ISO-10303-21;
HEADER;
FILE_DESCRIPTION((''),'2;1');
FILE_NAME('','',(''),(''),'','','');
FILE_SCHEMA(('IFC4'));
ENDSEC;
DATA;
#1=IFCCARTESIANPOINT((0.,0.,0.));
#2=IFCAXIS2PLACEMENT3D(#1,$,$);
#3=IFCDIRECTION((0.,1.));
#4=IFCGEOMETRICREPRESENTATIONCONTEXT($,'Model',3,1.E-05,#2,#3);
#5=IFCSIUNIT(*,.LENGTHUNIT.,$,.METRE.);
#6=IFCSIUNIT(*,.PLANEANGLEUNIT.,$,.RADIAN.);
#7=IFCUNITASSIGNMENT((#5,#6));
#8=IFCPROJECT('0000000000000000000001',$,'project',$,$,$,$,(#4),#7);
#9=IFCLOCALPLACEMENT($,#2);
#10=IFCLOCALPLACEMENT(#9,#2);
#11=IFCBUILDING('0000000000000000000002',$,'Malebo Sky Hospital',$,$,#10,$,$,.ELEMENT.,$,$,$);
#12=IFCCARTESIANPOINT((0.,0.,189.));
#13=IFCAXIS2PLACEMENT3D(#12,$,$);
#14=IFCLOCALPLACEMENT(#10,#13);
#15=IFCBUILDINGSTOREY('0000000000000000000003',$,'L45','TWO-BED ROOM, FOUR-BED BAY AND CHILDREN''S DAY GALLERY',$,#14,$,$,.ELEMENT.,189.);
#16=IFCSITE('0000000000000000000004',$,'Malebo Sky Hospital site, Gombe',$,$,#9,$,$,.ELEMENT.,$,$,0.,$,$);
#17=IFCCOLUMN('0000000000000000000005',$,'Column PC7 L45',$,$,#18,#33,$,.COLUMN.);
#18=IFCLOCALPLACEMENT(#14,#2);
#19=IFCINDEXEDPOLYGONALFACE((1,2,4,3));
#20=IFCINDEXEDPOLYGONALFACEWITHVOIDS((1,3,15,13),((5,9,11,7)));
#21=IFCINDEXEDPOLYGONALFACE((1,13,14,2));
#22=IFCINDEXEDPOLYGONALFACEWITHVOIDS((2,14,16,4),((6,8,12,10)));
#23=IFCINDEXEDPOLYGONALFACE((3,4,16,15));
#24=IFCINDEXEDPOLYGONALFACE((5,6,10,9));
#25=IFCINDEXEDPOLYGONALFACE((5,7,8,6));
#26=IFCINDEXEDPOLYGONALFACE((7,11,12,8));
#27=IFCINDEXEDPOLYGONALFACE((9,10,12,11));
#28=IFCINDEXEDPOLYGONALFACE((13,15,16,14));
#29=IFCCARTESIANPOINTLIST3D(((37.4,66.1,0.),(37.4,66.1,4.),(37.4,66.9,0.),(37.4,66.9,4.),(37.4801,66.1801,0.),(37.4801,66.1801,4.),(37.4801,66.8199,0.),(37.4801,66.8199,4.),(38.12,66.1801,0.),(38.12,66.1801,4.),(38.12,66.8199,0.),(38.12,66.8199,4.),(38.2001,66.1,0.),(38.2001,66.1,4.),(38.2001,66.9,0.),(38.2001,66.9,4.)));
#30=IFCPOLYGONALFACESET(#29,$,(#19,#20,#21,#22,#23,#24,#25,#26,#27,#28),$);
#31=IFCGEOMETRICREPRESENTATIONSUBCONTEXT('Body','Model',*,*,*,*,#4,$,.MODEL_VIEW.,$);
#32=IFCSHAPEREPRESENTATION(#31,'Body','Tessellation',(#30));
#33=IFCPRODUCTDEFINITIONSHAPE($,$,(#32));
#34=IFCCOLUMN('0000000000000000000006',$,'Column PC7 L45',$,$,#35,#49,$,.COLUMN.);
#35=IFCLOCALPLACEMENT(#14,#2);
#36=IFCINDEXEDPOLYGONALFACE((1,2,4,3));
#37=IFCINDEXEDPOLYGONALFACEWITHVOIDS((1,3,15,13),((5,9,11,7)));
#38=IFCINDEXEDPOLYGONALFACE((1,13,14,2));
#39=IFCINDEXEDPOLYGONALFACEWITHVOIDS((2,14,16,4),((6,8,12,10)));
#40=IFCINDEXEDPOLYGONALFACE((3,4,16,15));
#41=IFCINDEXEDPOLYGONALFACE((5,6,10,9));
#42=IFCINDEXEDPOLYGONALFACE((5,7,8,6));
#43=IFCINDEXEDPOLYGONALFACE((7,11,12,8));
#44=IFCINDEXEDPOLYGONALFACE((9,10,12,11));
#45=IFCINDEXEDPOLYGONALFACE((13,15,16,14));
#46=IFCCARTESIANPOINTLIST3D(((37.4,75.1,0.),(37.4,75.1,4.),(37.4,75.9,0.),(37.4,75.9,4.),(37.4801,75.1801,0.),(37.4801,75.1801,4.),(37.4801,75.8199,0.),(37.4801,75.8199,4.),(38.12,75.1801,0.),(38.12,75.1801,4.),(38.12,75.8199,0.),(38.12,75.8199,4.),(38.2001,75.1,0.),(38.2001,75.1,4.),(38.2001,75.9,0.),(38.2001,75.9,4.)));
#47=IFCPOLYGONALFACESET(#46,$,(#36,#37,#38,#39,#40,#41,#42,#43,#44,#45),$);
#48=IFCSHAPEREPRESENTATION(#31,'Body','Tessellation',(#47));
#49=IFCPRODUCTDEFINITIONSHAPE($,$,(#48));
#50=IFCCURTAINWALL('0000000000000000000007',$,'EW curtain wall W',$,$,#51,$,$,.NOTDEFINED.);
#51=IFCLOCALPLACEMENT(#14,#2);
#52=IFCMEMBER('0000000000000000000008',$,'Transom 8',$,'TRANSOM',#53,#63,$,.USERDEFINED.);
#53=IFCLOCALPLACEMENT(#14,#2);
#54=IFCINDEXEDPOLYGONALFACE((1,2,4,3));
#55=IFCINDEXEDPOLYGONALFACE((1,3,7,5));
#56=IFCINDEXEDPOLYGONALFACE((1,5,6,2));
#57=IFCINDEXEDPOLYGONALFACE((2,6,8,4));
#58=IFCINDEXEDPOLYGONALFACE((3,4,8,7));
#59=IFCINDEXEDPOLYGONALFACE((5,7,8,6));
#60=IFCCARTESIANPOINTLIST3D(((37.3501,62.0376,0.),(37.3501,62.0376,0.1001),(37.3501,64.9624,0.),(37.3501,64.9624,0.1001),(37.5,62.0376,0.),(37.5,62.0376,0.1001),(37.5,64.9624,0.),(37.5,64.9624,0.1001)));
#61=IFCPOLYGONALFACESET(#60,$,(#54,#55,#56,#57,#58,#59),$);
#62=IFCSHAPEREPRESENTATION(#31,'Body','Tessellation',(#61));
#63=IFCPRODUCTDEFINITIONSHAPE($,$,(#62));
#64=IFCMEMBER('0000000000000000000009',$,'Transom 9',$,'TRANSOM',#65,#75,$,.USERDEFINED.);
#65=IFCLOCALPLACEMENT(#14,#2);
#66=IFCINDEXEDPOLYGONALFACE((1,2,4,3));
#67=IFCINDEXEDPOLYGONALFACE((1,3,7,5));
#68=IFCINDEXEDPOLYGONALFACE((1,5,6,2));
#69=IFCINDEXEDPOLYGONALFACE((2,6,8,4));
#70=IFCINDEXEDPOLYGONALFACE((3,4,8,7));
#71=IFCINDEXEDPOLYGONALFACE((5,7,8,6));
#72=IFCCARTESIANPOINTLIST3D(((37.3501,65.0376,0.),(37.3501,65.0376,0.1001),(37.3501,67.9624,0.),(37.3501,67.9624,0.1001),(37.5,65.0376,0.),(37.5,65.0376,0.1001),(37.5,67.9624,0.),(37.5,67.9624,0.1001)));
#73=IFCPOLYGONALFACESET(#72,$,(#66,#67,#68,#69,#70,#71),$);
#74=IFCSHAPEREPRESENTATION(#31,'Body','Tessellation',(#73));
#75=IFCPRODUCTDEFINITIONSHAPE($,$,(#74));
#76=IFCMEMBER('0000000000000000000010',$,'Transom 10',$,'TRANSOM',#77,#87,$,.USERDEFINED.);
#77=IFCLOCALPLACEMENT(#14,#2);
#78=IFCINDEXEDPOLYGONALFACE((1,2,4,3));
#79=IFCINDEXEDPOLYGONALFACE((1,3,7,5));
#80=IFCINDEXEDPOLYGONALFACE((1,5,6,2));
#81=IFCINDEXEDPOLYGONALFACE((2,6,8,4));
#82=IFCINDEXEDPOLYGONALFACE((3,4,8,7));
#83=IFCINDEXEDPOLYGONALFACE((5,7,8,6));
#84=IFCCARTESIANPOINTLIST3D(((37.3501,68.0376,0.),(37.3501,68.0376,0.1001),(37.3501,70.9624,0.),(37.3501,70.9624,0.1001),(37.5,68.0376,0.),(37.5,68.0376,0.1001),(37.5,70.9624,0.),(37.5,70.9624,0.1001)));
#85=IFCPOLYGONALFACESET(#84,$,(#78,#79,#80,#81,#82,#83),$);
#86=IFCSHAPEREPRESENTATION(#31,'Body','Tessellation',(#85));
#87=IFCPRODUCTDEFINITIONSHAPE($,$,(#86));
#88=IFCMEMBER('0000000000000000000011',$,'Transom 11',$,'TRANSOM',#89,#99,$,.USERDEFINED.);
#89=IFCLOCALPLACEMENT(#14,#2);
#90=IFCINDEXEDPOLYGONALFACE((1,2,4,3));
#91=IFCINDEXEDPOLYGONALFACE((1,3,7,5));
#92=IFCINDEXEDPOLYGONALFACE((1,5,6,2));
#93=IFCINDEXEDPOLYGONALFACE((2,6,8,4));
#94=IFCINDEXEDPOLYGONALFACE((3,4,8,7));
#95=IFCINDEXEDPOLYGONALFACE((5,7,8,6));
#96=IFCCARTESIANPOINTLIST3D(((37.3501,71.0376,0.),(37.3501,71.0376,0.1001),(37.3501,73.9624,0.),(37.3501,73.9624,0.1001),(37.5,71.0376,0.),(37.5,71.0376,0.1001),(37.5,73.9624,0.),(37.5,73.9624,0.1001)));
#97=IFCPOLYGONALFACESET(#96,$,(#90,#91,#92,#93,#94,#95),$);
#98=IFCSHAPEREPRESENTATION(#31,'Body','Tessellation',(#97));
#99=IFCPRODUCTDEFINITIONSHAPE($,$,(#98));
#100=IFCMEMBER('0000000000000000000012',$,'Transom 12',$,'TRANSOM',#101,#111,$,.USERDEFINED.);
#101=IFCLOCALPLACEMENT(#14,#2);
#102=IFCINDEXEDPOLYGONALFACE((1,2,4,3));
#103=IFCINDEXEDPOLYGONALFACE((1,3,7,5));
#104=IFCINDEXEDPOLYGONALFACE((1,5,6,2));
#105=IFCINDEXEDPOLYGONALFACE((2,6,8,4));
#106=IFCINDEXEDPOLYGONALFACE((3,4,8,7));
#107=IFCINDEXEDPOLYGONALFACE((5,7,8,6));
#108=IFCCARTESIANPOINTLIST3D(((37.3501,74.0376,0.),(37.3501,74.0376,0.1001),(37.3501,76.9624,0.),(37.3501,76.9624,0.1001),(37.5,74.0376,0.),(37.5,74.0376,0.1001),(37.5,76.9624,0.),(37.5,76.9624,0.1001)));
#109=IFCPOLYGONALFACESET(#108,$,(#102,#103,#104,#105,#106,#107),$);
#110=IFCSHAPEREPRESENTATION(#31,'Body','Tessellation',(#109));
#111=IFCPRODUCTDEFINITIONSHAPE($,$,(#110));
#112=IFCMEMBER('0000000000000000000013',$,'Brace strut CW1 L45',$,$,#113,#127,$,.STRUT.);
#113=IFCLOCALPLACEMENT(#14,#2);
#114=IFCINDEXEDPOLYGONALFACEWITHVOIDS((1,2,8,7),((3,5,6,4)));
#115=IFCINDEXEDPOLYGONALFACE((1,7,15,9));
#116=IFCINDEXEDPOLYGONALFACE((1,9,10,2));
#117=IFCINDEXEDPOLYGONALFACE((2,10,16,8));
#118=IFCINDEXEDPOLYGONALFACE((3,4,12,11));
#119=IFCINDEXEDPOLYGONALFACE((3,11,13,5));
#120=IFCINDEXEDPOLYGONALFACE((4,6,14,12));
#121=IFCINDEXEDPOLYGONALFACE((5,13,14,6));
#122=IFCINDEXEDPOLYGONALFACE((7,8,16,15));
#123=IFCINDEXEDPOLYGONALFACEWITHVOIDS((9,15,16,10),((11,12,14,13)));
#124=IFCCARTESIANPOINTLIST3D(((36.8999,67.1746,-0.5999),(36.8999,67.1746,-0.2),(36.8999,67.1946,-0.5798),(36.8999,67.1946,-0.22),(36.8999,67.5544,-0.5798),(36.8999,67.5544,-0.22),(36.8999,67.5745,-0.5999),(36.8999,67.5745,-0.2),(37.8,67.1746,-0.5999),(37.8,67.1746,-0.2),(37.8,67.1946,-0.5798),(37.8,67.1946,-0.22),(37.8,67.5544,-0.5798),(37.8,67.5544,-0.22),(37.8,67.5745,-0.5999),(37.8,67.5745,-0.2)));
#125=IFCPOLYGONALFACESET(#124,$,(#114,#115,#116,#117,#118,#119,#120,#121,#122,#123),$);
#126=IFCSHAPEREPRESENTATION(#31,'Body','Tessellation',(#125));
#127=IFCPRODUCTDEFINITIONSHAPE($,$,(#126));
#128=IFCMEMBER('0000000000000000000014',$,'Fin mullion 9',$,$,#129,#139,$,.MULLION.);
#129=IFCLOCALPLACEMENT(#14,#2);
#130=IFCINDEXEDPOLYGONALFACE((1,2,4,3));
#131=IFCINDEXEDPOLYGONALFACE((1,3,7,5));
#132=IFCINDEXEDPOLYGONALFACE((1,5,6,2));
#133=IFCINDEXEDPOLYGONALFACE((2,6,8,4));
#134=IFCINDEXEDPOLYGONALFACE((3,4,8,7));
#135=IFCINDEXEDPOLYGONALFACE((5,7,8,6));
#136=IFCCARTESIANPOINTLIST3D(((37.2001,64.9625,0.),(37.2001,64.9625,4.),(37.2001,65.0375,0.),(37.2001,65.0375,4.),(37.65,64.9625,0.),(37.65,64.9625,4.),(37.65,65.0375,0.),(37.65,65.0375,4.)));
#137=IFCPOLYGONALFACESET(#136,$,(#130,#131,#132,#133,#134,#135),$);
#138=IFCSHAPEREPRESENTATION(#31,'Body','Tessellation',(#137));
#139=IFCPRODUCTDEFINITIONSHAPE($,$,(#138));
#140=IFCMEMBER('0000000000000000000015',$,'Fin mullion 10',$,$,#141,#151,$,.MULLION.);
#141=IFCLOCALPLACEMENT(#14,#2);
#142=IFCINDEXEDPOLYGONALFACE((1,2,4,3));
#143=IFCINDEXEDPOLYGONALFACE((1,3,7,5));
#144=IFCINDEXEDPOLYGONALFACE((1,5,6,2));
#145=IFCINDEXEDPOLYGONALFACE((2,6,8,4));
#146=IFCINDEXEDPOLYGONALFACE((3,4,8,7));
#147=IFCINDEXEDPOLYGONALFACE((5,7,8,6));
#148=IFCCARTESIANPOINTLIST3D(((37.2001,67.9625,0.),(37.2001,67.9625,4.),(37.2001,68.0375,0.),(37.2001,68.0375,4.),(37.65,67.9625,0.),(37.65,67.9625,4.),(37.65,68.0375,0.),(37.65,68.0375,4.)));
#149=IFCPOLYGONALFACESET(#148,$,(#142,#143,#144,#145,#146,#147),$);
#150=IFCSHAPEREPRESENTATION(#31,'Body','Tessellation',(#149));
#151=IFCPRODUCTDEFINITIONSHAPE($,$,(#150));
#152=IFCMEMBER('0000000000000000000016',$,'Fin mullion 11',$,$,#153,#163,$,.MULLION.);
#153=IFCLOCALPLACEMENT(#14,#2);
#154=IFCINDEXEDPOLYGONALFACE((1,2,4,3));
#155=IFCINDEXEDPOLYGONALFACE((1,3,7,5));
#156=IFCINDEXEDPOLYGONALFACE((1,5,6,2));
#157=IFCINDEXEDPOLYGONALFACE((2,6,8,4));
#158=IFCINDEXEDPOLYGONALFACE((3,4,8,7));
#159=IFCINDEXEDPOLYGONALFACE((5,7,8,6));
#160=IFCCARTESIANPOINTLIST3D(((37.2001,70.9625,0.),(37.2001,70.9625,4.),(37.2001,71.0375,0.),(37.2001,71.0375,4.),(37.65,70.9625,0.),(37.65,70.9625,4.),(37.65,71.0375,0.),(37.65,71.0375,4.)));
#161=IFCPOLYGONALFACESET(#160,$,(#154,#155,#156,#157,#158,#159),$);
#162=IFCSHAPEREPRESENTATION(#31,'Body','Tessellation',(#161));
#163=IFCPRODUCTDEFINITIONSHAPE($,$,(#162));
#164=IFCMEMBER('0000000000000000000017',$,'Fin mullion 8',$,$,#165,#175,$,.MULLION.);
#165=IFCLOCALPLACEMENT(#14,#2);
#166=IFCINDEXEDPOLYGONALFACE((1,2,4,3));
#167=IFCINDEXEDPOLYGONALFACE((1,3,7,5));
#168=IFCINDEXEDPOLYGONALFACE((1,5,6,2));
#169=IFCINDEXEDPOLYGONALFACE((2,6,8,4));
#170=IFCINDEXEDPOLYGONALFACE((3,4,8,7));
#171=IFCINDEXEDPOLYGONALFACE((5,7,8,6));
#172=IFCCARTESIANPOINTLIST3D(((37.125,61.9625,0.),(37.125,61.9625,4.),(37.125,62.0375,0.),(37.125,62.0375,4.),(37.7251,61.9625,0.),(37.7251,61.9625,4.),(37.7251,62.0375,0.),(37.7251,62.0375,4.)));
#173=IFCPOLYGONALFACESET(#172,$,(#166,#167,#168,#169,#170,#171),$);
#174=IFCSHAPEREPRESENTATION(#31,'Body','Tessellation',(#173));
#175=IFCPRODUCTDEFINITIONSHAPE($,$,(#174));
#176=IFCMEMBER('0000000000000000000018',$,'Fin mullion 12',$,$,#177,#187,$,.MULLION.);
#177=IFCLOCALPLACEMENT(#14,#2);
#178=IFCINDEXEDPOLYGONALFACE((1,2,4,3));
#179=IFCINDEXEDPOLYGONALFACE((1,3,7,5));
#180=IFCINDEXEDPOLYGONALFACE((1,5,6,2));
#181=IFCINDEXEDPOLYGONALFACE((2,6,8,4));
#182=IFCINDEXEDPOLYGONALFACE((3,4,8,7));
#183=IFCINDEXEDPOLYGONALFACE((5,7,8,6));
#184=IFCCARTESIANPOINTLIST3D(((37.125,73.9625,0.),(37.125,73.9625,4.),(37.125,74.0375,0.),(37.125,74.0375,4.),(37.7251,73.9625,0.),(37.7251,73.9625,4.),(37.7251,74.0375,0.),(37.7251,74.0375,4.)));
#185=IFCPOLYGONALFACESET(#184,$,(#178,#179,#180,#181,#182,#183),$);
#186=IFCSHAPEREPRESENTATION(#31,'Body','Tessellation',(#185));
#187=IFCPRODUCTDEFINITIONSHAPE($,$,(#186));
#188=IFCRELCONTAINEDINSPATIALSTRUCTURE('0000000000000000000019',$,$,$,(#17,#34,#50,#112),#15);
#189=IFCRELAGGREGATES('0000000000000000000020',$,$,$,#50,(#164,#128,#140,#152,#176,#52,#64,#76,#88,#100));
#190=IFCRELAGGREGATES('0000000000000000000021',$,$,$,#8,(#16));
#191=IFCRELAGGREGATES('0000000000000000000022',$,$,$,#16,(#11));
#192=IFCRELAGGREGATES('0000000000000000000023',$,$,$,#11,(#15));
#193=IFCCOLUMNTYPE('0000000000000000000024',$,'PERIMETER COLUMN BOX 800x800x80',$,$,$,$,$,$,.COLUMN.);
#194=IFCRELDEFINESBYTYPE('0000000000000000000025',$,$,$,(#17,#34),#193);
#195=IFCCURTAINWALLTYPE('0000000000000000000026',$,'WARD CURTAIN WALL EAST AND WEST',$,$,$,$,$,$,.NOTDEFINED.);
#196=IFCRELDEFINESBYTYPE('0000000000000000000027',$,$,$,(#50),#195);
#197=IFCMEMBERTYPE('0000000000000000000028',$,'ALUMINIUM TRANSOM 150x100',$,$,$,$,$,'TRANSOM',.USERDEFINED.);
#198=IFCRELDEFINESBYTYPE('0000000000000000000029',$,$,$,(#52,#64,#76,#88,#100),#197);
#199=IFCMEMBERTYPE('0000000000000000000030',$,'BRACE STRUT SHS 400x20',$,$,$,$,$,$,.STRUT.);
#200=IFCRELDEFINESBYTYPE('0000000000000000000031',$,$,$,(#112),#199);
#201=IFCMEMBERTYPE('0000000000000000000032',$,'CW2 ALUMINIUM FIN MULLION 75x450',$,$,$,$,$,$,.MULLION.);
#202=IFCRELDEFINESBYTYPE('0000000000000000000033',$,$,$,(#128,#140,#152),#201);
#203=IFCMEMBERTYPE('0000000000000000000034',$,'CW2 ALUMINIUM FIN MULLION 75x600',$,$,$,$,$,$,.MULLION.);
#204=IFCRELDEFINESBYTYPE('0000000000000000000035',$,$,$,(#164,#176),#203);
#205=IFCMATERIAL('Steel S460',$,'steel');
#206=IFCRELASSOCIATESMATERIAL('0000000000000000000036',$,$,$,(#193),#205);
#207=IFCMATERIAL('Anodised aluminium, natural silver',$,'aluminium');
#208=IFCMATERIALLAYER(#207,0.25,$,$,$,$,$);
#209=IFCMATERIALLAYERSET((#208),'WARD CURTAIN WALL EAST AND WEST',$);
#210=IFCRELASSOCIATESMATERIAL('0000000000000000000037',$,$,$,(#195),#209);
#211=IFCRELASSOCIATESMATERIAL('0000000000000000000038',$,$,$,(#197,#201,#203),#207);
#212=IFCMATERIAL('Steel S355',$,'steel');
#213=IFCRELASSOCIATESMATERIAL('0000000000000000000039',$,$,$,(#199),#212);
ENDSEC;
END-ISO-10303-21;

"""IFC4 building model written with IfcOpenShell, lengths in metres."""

from ifc_helpers import new_model, si_unit, direction, frame, origin, origin_2d, place, context, subcontext, project, spatial, rectangle, hollow_rectangle, extrude, material, layer, layer_set, material_profile, profile_set, type_object, element, aggregate, save


model = new_model("IFC4")

# Units and contexts
model_context = context("Model", 3, precision=1e-05, world=origin(), true_north=direction((0.0, 1.0)))
body_context = subcontext(model_context, "Body", "Model", "MODEL_VIEW")
ifc_project = project(units=[si_unit("LENGTHUNIT", "METRE"), si_unit("PLANEANGLEUNIT", "RADIAN")], contexts=[model_context])

# Site, building, storey
site_placement = place(None, origin())
site = spatial("IfcSite", under=ifc_project, at=site_placement, Name="Malebo Sky Hospital site, Gombe", CompositionType="ELEMENT", RefElevation=0.0)
building_placement = place(site_placement, origin())
building = spatial("IfcBuilding", under=site, at=building_placement, Name="Malebo Sky Hospital", CompositionType="ELEMENT")
storey_placement = place(building_placement, frame((0.0, 0.0, 189.0)))
storey = spatial("IfcBuildingStorey", under=building, at=storey_placement, Name="L45", Description="TWO-BED ROOM, FOUR-BED BAY AND CHILDREN'S DAY GALLERY", CompositionType="ELEMENT", Elevation=189.0)

# Columns
ifc_material_1 = material(Name="Steel S460", Category="steel")
ifc_material_profile_1 = material_profile(ifc_material_1, hollow_rectangle(XDim=0.8, YDim=0.8, WallThickness=0.0801, at=origin_2d()), Name="BOX 800x800x80")
ifc_profile_set_1 = profile_set([ifc_material_profile_1], Name="Steel S460")
column_type = type_object("IfcColumnType", Name="PERIMETER COLUMN BOX 800x800x80", PredefinedType="COLUMN", material=ifc_profile_set_1)
for number, where, z_axis, x_axis, name in (
    (1, (37.8, 66.5, 0.0), (0.0, 0.0, 1.0), (1.0, 0.0, 0.0), "Column PC7 L45"),
    (2, (37.8, 75.5, 0.0), (0.0, 0.0, 1.0), (1.0, 0.0, 0.0), "Column PC7 L45"),
):
    element("IfcColumn", number, at=place(storey_placement, frame(where, z_axis=z_axis, x_axis=x_axis)), inside=storey, type_object=column_type, Name=name, PredefinedType="COLUMN", context=body_context, shape_type="SweptSolid", body=[
        extrude(hollow_rectangle(XDim=0.8, YDim=0.8, WallThickness=0.0801, at=origin_2d()), origin(), (0.0, 0.0, 1.0), 4.0),
    ])

# Curtain wall, members
ifc_material_2 = material(Name="Anodised aluminium, natural silver", Category="aluminium")
ifc_layer_1 = layer(ifc_material_2, 0.25)
ifc_layer_set_1 = layer_set([ifc_layer_1], Name="WARD CURTAIN WALL EAST AND WEST")
curtain_wall_type = type_object("IfcCurtainWallType", Name="WARD CURTAIN WALL EAST AND WEST", PredefinedType="NOTDEFINED", material=ifc_layer_set_1)
curtain_wall_placement = place(storey_placement, origin())
curtain_wall = element("IfcCurtainWall", 3, at=curtain_wall_placement, inside=storey, type_object=curtain_wall_type, Name="EW curtain wall W", PredefinedType="NOTDEFINED")
ifc_material_profile_2 = material_profile(ifc_material_2, rectangle(XDim=0.1499, YDim=0.1001, at=origin_2d()), Name="ALUMINIUM TRANSOM 150x100")
ifc_profile_set_2 = profile_set([ifc_material_profile_2], Name="Anodised aluminium, natural silver")
member_type_1 = type_object("IfcMemberType", Name="ALUMINIUM TRANSOM 150x100", ElementType="TRANSOM", PredefinedType="USERDEFINED", material=ifc_profile_set_2)
member_1_placement = place(storey_placement, frame((37.425, 62.0376, 0.05), z_axis=(0.0, 1.0, 0.0), x_axis=(-1.0, 0.0, 0.0)))
member_1 = element("IfcMember", 4, at=member_1_placement, type_object=member_type_1, Name="Transom 8", ObjectType="TRANSOM", PredefinedType="USERDEFINED", context=body_context, shape_type="SweptSolid", body=[
    extrude(rectangle(XDim=0.1499, YDim=0.1001, at=origin_2d()), origin(), (0.0, 0.0, 1.0), 2.9248),
])
member_2_placement = place(storey_placement, frame((37.425, 65.0376, 0.05), z_axis=(0.0, 1.0, 0.0), x_axis=(-1.0, 0.0, 0.0)))
member_2 = element("IfcMember", 5, at=member_2_placement, type_object=member_type_1, Name="Transom 9", ObjectType="TRANSOM", PredefinedType="USERDEFINED", context=body_context, shape_type="SweptSolid", body=[
    extrude(rectangle(XDim=0.1499, YDim=0.1001, at=origin_2d()), origin(), (0.0, 0.0, 1.0), 2.9248),
])
member_3_placement = place(storey_placement, frame((37.425, 68.0376, 0.05), z_axis=(0.0, 1.0, 0.0), x_axis=(-1.0, 0.0, 0.0)))
member_3 = element("IfcMember", 6, at=member_3_placement, type_object=member_type_1, Name="Transom 10", ObjectType="TRANSOM", PredefinedType="USERDEFINED", context=body_context, shape_type="SweptSolid", body=[
    extrude(rectangle(XDim=0.1499, YDim=0.1001, at=origin_2d()), origin(), (0.0, 0.0, 1.0), 2.9248),
])
member_4_placement = place(storey_placement, frame((37.425, 71.0376, 0.05), z_axis=(0.0, 1.0, 0.0), x_axis=(-1.0, 0.0, 0.0)))
member_4 = element("IfcMember", 7, at=member_4_placement, type_object=member_type_1, Name="Transom 11", ObjectType="TRANSOM", PredefinedType="USERDEFINED", context=body_context, shape_type="SweptSolid", body=[
    extrude(rectangle(XDim=0.1499, YDim=0.1001, at=origin_2d()), origin(), (0.0, 0.0, 1.0), 2.9248),
])
member_5_placement = place(storey_placement, frame((37.425, 74.0376, 0.05), z_axis=(0.0, 1.0, 0.0), x_axis=(-1.0, 0.0, 0.0)))
member_5 = element("IfcMember", 8, at=member_5_placement, type_object=member_type_1, Name="Transom 12", ObjectType="TRANSOM", PredefinedType="USERDEFINED", context=body_context, shape_type="SweptSolid", body=[
    extrude(rectangle(XDim=0.1499, YDim=0.1001, at=origin_2d()), origin(), (0.0, 0.0, 1.0), 2.9248),
])

# Members
ifc_material_3 = material(Name="Steel S355", Category="steel")
ifc_material_profile_3 = material_profile(ifc_material_3, hollow_rectangle(XDim=0.3999, YDim=0.3999, WallThickness=0.02, at=origin_2d()), Name="SHS 400x20")
ifc_profile_set_3 = profile_set([ifc_material_profile_3], Name="Steel S355")
member_type_2 = type_object("IfcMemberType", Name="BRACE STRUT SHS 400x20", PredefinedType="STRUT", material=ifc_profile_set_3)
member_6_placement = place(storey_placement, frame((36.8999, 67.3745, -0.3999), z_axis=(1.0, 0.0, 0.0), x_axis=(0.0, 1.0, 0.0)))
element("IfcMember", 9, at=member_6_placement, inside=storey, type_object=member_type_2, Name="Brace strut CW1 L45", PredefinedType="STRUT", context=body_context, shape_type="SweptSolid", body=[
    extrude(hollow_rectangle(XDim=0.3999, YDim=0.3999, WallThickness=0.02, at=origin_2d()), origin(), (0.0, 0.0, 1.0), 0.9001),
])
ifc_material_profile_4 = material_profile(ifc_material_2, rectangle(XDim=0.075, YDim=0.45, at=origin_2d()), Name="CW2 ALUMINIUM FIN MULLION 75x450")
ifc_profile_set_4 = profile_set([ifc_material_profile_4], Name="Anodised aluminium, natural silver")
member_type_3 = type_object("IfcMemberType", Name="CW2 ALUMINIUM FIN MULLION 75x450", PredefinedType="MULLION", material=ifc_profile_set_4)
member_7_placement = place(storey_placement, frame((37.425, 65.0, 0.0), z_axis=(0.0, 0.0, 1.0), x_axis=(0.0, 1.0, 0.0)))
member_7 = element("IfcMember", 10, at=member_7_placement, type_object=member_type_3, Name="Fin mullion 9", PredefinedType="MULLION", context=body_context, shape_type="SweptSolid", body=[
    extrude(rectangle(XDim=0.075, YDim=0.45, at=origin_2d()), origin(), (0.0, 0.0, 1.0), 4.0),
])
member_8_placement = place(storey_placement, frame((37.425, 68.0, 0.0), z_axis=(0.0, 0.0, 1.0), x_axis=(0.0, 1.0, 0.0)))
member_8 = element("IfcMember", 11, at=member_8_placement, type_object=member_type_3, Name="Fin mullion 10", PredefinedType="MULLION", context=body_context, shape_type="SweptSolid", body=[
    extrude(rectangle(XDim=0.075, YDim=0.45, at=origin_2d()), origin(), (0.0, 0.0, 1.0), 4.0),
])
member_9_placement = place(storey_placement, frame((37.425, 71.0, 0.0), z_axis=(0.0, 0.0, 1.0), x_axis=(0.0, 1.0, 0.0)))
member_9 = element("IfcMember", 12, at=member_9_placement, type_object=member_type_3, Name="Fin mullion 11", PredefinedType="MULLION", context=body_context, shape_type="SweptSolid", body=[
    extrude(rectangle(XDim=0.075, YDim=0.45, at=origin_2d()), origin(), (0.0, 0.0, 1.0), 4.0),
])
ifc_material_profile_5 = material_profile(ifc_material_2, rectangle(XDim=0.075, YDim=0.6001, at=origin_2d()), Name="CW2 ALUMINIUM FIN MULLION 75x600")
ifc_profile_set_5 = profile_set([ifc_material_profile_5], Name="Anodised aluminium, natural silver")
member_type_4 = type_object("IfcMemberType", Name="CW2 ALUMINIUM FIN MULLION 75x600", PredefinedType="MULLION", material=ifc_profile_set_5)
member_10_placement = place(storey_placement, frame((37.425, 62.0, 0.0), z_axis=(0.0, 0.0, 1.0), x_axis=(0.0, 1.0, 0.0)))
member_10 = element("IfcMember", 13, at=member_10_placement, type_object=member_type_4, Name="Fin mullion 8", PredefinedType="MULLION", context=body_context, shape_type="SweptSolid", body=[
    extrude(rectangle(XDim=0.075, YDim=0.6001, at=origin_2d()), origin(), (0.0, 0.0, 1.0), 4.0),
])
member_11_placement = place(storey_placement, frame((37.425, 74.0, 0.0), z_axis=(0.0, 0.0, 1.0), x_axis=(0.0, 1.0, 0.0)))
member_11 = element("IfcMember", 14, at=member_11_placement, type_object=member_type_4, Name="Fin mullion 12", PredefinedType="MULLION", context=body_context, shape_type="SweptSolid", body=[
    extrude(rectangle(XDim=0.075, YDim=0.6001, at=origin_2d()), origin(), (0.0, 0.0, 1.0), 4.0),
])

aggregate(curtain_wall, [member_10, member_7, member_8, member_9, member_11, member_1, member_2, member_3, member_4, member_5])

save(model, "model.ifc")
